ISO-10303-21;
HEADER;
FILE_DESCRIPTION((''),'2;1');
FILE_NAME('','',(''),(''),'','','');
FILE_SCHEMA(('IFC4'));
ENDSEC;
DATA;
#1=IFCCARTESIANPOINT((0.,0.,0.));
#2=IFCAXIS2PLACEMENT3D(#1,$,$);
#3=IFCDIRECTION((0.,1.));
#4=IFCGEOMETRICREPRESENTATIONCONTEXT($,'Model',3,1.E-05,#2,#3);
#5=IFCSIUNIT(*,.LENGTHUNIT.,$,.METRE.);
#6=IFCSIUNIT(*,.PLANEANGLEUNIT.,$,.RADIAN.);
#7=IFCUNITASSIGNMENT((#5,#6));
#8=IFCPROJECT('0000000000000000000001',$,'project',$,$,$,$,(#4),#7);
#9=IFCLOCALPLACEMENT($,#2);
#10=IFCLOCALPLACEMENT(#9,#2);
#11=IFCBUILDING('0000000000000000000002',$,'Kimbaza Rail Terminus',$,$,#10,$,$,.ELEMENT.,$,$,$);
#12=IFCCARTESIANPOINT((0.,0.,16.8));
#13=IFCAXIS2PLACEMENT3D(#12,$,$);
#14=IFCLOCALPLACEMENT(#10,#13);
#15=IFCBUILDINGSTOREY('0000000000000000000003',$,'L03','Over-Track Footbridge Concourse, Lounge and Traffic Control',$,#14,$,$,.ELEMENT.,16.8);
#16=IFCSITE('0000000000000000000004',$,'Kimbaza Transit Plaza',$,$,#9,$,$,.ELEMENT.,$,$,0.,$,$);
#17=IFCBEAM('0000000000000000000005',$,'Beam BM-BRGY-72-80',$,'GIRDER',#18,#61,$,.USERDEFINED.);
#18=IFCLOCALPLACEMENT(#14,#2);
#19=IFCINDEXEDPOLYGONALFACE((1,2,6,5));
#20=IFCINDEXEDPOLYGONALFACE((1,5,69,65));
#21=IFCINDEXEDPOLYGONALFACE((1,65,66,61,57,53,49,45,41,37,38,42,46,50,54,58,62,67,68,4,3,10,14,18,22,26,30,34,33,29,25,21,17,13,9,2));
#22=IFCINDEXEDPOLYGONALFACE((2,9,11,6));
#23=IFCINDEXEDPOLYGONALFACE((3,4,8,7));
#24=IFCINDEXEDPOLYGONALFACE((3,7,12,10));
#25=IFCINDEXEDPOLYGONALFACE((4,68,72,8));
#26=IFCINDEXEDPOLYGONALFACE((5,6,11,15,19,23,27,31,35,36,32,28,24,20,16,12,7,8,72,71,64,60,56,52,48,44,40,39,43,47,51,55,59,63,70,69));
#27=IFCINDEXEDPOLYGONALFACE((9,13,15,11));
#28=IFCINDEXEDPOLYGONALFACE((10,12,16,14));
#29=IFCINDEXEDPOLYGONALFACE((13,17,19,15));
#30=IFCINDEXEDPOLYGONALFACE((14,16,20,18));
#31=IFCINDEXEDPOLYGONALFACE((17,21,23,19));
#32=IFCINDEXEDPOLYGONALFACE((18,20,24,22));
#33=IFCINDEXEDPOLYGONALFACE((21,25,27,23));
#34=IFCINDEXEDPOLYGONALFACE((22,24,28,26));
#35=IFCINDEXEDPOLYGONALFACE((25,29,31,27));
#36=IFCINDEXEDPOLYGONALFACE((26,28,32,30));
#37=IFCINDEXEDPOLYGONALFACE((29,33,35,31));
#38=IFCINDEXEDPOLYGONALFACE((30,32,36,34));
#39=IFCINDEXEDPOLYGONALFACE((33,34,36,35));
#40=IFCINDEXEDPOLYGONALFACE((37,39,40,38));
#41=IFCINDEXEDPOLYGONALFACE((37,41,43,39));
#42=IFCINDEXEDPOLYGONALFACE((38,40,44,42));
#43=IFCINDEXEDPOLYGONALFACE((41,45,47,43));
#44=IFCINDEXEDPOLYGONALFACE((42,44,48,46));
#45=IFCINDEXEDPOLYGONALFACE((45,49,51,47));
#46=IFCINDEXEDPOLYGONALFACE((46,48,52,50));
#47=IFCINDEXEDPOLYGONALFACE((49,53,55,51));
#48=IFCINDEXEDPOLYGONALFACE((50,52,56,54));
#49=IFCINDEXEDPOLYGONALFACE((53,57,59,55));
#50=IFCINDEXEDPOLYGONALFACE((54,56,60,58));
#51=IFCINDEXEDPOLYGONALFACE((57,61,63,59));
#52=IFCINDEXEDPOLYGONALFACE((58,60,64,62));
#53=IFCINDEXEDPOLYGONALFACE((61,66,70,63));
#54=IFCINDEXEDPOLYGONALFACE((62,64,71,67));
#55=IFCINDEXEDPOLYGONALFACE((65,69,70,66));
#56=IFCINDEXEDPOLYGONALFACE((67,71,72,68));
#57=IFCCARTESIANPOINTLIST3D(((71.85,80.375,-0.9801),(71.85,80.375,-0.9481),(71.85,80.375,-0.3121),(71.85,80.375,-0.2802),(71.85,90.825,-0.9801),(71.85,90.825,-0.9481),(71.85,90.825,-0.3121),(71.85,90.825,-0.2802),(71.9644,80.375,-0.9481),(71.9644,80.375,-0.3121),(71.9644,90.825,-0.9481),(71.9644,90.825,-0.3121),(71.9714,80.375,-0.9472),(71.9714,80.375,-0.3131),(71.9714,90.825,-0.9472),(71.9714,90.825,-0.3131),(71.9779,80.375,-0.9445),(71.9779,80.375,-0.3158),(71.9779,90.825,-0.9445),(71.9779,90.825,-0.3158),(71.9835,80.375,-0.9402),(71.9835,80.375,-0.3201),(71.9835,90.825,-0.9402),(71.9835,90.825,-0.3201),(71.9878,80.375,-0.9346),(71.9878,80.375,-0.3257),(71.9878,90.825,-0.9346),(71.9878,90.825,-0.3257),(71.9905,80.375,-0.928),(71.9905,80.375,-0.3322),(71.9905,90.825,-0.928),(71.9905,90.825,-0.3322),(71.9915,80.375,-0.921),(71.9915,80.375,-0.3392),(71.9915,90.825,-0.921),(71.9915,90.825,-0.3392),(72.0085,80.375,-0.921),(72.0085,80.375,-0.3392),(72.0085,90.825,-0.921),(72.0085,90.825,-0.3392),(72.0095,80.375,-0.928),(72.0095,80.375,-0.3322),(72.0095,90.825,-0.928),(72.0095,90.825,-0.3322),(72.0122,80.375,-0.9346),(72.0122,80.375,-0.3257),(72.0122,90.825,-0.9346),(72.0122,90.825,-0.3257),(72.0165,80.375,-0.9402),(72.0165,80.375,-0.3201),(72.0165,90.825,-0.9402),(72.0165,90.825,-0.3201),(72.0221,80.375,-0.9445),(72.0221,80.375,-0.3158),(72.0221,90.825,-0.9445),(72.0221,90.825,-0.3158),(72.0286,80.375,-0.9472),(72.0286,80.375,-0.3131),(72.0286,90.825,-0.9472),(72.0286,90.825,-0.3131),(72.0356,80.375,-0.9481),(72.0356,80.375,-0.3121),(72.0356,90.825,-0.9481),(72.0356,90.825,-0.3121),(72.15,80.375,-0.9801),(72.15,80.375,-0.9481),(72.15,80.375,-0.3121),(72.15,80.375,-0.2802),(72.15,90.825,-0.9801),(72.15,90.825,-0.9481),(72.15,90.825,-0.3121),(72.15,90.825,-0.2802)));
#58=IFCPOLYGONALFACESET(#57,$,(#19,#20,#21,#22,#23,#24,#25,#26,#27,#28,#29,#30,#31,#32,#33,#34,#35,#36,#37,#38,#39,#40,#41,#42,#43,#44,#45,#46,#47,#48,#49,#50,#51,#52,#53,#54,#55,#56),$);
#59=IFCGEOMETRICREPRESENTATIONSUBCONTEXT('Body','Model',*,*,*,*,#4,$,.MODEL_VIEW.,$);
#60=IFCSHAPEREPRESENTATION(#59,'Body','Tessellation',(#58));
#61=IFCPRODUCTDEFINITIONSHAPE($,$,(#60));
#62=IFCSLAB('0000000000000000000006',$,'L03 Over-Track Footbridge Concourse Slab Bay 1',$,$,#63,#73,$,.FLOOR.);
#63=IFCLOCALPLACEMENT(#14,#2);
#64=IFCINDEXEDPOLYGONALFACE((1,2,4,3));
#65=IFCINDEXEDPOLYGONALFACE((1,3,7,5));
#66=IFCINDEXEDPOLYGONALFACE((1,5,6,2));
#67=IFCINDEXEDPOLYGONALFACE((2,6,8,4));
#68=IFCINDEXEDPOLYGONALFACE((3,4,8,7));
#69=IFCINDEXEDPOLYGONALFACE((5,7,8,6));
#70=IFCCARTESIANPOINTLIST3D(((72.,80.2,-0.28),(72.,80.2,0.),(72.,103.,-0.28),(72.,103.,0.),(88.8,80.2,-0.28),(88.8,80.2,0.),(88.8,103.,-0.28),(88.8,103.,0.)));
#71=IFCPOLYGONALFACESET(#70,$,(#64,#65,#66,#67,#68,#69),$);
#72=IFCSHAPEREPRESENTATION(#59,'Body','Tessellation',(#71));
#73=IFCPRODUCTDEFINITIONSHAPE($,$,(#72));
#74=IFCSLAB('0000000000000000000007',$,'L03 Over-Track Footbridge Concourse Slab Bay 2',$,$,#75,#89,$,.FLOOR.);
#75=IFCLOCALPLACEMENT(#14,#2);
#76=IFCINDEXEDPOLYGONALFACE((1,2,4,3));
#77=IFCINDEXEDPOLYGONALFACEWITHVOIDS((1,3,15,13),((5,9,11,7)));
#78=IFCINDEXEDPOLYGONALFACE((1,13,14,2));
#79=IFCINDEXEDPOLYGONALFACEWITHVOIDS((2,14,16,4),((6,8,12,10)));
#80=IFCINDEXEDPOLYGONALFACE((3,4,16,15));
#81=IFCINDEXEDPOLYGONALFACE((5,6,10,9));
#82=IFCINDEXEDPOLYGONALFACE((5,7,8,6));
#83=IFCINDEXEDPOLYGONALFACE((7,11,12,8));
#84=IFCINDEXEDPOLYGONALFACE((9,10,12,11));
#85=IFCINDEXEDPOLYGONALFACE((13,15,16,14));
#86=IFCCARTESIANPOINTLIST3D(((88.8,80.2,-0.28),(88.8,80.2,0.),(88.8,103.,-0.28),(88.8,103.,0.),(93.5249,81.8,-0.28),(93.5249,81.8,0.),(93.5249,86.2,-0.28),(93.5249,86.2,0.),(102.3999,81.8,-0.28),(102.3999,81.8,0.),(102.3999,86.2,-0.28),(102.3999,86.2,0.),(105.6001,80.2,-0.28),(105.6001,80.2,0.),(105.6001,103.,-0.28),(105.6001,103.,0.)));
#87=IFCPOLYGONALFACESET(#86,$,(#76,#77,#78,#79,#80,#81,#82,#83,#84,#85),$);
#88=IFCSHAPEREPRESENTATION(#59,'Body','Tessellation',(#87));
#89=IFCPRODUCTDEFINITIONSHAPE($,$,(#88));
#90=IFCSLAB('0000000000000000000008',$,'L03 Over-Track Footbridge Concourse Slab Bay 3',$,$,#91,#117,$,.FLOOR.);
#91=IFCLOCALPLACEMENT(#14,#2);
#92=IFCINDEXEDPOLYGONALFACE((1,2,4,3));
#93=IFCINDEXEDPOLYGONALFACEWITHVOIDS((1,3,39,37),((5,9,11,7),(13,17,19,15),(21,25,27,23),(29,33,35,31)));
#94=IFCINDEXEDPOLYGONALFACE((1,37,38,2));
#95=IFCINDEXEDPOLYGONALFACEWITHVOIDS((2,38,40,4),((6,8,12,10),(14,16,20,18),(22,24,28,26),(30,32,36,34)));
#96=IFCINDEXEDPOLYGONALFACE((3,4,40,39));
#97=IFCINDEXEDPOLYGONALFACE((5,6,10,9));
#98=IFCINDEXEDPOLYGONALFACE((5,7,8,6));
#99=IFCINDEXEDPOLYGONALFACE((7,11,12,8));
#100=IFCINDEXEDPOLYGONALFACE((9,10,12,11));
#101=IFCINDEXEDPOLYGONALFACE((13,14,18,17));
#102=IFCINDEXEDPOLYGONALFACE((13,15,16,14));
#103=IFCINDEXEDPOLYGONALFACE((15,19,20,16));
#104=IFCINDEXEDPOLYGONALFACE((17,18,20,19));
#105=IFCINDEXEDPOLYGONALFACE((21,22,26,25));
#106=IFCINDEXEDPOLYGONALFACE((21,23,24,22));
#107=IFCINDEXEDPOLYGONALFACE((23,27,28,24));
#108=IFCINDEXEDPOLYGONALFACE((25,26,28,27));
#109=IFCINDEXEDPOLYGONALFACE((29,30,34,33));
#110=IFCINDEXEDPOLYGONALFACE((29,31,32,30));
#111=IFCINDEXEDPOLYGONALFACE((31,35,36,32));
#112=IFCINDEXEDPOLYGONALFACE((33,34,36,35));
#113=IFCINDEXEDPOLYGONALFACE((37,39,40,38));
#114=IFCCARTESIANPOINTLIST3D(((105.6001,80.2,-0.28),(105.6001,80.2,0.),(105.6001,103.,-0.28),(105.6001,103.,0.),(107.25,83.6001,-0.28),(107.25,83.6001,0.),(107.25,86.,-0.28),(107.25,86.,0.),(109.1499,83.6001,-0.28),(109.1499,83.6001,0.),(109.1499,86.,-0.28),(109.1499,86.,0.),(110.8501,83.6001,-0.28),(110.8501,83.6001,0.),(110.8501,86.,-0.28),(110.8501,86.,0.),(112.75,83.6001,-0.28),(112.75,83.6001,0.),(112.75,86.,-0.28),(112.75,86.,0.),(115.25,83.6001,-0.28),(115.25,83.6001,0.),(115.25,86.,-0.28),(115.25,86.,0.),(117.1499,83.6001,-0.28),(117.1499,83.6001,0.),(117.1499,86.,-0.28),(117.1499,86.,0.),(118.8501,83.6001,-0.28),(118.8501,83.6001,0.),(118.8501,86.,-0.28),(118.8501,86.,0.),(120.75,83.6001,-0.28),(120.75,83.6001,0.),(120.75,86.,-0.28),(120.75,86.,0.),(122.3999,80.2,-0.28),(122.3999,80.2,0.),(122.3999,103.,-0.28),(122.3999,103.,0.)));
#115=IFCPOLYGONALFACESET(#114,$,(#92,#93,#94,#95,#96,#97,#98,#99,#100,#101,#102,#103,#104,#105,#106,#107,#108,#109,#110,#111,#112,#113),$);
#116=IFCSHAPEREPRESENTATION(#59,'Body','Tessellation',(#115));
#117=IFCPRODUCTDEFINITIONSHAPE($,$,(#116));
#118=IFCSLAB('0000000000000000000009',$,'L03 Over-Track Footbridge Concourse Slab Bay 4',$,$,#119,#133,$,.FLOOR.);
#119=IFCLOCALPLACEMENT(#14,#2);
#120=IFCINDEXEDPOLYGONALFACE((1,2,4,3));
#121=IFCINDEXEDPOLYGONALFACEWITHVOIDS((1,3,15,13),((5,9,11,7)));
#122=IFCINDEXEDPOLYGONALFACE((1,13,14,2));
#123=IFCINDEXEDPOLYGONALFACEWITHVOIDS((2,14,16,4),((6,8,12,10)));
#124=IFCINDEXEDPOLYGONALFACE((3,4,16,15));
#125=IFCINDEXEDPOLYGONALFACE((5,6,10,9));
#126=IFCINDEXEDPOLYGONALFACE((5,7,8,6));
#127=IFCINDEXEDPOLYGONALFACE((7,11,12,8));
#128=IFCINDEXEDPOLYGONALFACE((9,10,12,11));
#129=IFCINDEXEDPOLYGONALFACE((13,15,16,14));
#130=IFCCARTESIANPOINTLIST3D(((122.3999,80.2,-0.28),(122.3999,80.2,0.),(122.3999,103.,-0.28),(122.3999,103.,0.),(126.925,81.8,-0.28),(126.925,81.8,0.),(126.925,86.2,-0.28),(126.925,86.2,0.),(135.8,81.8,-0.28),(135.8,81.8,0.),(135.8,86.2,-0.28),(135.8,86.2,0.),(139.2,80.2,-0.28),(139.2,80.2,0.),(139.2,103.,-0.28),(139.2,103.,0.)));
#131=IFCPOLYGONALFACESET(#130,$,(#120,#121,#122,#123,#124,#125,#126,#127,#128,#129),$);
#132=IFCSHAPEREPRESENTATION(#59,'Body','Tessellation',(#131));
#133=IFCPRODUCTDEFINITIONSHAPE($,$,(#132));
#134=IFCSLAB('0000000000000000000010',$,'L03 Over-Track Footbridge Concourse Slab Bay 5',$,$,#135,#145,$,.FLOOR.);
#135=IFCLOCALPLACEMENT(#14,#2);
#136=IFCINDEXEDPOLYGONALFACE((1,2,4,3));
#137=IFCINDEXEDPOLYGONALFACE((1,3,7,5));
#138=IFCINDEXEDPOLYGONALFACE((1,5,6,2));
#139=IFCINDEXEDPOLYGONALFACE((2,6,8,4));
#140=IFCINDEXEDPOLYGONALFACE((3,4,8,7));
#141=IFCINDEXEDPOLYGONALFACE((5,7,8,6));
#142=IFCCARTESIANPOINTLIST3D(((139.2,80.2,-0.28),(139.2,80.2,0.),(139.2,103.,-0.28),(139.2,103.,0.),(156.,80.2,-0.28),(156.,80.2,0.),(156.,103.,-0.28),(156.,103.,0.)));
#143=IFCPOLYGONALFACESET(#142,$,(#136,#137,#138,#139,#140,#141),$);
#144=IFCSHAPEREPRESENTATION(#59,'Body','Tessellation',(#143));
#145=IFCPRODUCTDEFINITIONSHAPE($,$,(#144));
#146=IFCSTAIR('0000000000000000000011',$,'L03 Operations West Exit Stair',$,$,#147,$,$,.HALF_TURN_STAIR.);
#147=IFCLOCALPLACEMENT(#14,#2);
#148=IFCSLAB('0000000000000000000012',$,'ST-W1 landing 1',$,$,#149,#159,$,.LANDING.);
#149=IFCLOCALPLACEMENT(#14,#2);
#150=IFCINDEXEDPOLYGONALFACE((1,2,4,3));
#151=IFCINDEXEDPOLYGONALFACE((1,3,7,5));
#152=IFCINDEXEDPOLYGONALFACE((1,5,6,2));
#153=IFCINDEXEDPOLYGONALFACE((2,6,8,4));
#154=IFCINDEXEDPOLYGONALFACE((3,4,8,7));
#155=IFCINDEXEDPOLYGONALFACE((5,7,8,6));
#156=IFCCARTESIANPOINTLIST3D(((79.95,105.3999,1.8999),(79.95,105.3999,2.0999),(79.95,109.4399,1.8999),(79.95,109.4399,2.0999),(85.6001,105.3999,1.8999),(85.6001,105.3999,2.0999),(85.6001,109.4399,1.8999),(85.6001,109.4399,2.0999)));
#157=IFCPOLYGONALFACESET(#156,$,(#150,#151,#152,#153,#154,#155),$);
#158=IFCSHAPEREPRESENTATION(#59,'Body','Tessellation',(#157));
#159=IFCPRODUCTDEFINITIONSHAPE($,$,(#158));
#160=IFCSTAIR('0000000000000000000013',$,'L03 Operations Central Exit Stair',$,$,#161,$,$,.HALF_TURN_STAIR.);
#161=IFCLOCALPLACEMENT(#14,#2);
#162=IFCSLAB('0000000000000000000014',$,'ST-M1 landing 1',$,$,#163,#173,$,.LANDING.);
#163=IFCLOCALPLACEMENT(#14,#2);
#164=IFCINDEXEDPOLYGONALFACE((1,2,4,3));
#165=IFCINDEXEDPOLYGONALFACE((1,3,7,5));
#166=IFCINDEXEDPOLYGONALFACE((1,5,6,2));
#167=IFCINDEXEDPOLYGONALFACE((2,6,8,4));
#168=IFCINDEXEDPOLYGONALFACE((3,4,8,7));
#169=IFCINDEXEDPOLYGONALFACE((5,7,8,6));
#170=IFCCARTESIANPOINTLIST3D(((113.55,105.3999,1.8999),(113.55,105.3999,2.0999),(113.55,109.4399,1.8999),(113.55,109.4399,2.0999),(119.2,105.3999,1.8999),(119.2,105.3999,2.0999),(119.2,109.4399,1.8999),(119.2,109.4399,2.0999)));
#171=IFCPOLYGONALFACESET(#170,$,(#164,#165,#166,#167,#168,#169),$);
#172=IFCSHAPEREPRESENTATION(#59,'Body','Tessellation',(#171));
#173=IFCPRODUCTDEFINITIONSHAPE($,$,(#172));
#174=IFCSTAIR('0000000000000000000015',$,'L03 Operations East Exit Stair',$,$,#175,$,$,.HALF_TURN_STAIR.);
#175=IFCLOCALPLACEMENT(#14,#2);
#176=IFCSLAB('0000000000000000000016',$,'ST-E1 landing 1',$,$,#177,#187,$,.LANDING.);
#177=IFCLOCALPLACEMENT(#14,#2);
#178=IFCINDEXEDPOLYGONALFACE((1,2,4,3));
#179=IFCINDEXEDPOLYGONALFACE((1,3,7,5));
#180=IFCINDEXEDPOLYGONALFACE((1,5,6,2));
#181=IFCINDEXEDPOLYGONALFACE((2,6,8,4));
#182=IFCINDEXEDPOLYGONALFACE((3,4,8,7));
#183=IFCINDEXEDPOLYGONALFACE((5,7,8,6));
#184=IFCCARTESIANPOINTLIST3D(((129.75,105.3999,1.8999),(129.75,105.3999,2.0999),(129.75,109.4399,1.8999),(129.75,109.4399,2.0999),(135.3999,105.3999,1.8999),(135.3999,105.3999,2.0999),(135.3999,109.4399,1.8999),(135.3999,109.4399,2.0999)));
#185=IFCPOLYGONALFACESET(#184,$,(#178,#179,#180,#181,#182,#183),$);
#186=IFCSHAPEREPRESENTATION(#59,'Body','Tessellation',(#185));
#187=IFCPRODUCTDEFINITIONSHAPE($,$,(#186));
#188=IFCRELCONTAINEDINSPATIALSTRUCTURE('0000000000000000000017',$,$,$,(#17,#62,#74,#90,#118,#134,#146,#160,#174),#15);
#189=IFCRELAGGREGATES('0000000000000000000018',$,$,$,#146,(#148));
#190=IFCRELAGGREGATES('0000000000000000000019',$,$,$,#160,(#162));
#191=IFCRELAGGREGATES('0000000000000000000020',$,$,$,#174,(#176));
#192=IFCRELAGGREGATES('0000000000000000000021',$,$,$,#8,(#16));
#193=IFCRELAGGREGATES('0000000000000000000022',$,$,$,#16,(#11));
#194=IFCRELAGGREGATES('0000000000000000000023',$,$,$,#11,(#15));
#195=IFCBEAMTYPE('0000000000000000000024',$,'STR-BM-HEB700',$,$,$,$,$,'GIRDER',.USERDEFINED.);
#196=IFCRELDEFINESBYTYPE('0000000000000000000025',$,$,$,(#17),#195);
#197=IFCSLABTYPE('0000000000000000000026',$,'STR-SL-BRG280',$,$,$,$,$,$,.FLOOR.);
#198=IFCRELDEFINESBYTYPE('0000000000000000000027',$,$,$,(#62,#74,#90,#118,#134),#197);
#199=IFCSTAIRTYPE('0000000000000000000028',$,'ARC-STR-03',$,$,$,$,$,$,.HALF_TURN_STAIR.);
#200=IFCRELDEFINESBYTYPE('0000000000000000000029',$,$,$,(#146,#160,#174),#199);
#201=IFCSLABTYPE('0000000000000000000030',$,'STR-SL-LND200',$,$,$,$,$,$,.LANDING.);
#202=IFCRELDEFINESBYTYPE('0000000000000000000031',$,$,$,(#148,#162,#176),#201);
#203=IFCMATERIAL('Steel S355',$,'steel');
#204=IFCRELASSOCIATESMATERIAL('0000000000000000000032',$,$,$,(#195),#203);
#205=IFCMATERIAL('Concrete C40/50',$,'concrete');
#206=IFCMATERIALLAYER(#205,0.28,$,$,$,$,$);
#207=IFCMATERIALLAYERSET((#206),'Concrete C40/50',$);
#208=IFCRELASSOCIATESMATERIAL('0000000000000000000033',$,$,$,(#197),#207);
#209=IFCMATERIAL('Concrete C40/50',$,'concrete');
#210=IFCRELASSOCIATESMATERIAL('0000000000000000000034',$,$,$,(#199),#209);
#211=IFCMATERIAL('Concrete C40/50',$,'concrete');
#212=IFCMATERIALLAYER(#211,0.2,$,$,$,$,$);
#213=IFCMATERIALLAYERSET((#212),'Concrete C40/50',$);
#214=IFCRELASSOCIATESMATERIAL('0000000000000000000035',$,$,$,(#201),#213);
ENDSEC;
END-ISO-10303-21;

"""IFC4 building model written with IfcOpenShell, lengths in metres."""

from ifc_helpers import new_model, si_unit, direction, frame, origin, origin_2d, place, context, subcontext, project, spatial, polyline, i_section, outline, extrude, material, layer, layer_set, material_profile, profile_set, type_object, element, aggregate, save


model = new_model("IFC4")

# Units and contexts
model_context = context("Model", 3, precision=1e-05, world=origin(), true_north=direction((0.0, 1.0)))
body_context = subcontext(model_context, "Body", "Model", "MODEL_VIEW")
ifc_project = project(units=[si_unit("LENGTHUNIT", "METRE"), si_unit("PLANEANGLEUNIT", "RADIAN")], contexts=[model_context])

# Site, building, storey
site_placement = place(None, origin())
site = spatial("IfcSite", under=ifc_project, at=site_placement, Name="Kimbaza Transit Plaza", CompositionType="ELEMENT", RefElevation=0.0)
building_placement = place(site_placement, origin())
building = spatial("IfcBuilding", under=site, at=building_placement, Name="Kimbaza Rail Terminus", CompositionType="ELEMENT")
storey_placement = place(building_placement, frame((0.0, 0.0, 16.8)))
storey = spatial("IfcBuildingStorey", under=building, at=storey_placement, Name="L03", Description="Over-Track Footbridge Concourse, Lounge and Traffic Control", CompositionType="ELEMENT", Elevation=16.8)

# Beam
ifc_material_1 = material(Name="Steel S355", Category="steel")
ifc_material_profile_1 = material_profile(ifc_material_1, i_section(OverallWidth=0.3, OverallDepth=0.7, WebThickness=0.0171, FlangeThickness=0.032, FilletRadius=0.0271, at=origin_2d()), Name="HEB 700")
ifc_profile_set_1 = profile_set([ifc_material_profile_1], Name="Steel S355")
beam_type_1 = type_object("IfcBeamType", Name="STR-BM-HEB700", ElementType="GIRDER", PredefinedType="USERDEFINED", material=ifc_profile_set_1)
beam_1_placement = place(storey_placement, frame((72.0, 80.375, -0.6301), z_axis=(0.0, 1.0, 0.0), x_axis=(-1.0, 0.0, 0.0)))
element("IfcBeam", 1, at=beam_1_placement, inside=storey, type_object=beam_type_1, Name="Beam BM-BRGY-72-80", ObjectType="GIRDER", PredefinedType="USERDEFINED", context=body_context, shape_type="SweptSolid", body=[
    extrude(i_section(OverallWidth=0.3, OverallDepth=0.7, WebThickness=0.0171, FlangeThickness=0.032, FilletRadius=0.0271, at=origin_2d()), origin(), (0.0, 0.0, 1.0), 10.45),
])

# Slabs
ifc_material_2 = material(Name="Concrete C40/50", Category="concrete")
ifc_layer_1 = layer(ifc_material_2, 0.28)
ifc_layer_set_1 = layer_set([ifc_layer_1], Name="Concrete C40/50")
slab_type_1 = type_object("IfcSlabType", Name="STR-SL-BRG280", PredefinedType="FLOOR", material=ifc_layer_set_1)
slab_1_placement = place(storey_placement, frame((0.0, 0.0, -0.28)))
element("IfcSlab", 2, at=slab_1_placement, inside=storey, type_object=slab_type_1, Name="L03 Over-Track Footbridge Concourse Slab Bay 1", PredefinedType="FLOOR", context=body_context, shape_type="SweptSolid", body=[
    extrude(outline(polyline([(72.0, 80.2), (88.8, 80.2), (88.8, 103.0), (72.0, 103.0), (72.0, 80.2)])), origin(), (0.0, 0.0, 1.0), 0.28),
])
slab_2_placement = place(storey_placement, frame((0.0, 0.0, -0.28)))
element("IfcSlab", 3, at=slab_2_placement, inside=storey, type_object=slab_type_1, Name="L03 Over-Track Footbridge Concourse Slab Bay 2", PredefinedType="FLOOR", context=body_context, shape_type="SweptSolid", body=[
    extrude(outline(polyline([(88.8, 80.2), (105.6001, 80.2), (105.6001, 103.0), (88.8, 103.0), (88.8, 80.2)]), holes=[polyline([(93.5249, 81.8), (102.3999, 81.8), (102.3999, 86.2), (93.5249, 86.2), (93.5249, 81.8)])]), origin(), (0.0, 0.0, 1.0), 0.28),
])
slab_3_placement = place(storey_placement, frame((0.0, 0.0, -0.28)))
element("IfcSlab", 4, at=slab_3_placement, inside=storey, type_object=slab_type_1, Name="L03 Over-Track Footbridge Concourse Slab Bay 3", PredefinedType="FLOOR", context=body_context, shape_type="SweptSolid", body=[
    extrude(outline(polyline([(105.6001, 80.2), (122.3999, 80.2), (122.3999, 103.0), (105.6001, 103.0), (105.6001, 80.2)]), holes=[polyline([(107.25, 83.6001), (109.1499, 83.6001), (109.1499, 86.0), (107.25, 86.0), (107.25, 83.6001)]), polyline([(110.8501, 83.6001), (112.75, 83.6001), (112.75, 86.0), (110.8501, 86.0), (110.8501, 83.6001)]), polyline([(115.25, 83.6001), (117.1499, 83.6001), (117.1499, 86.0), (115.25, 86.0), (115.25, 83.6001)]), polyline([(118.8501, 83.6001), (120.75, 83.6001), (120.75, 86.0), (118.8501, 86.0), (118.8501, 83.6001)])]), origin(), (0.0, 0.0, 1.0), 0.28),
])
slab_4_placement = place(storey_placement, frame((0.0, 0.0, -0.28)))
element("IfcSlab", 5, at=slab_4_placement, inside=storey, type_object=slab_type_1, Name="L03 Over-Track Footbridge Concourse Slab Bay 4", PredefinedType="FLOOR", context=body_context, shape_type="SweptSolid", body=[
    extrude(outline(polyline([(122.3999, 80.2), (139.2, 80.2), (139.2, 103.0), (122.3999, 103.0), (122.3999, 80.2)]), holes=[polyline([(126.925, 81.8), (135.8, 81.8), (135.8, 86.2), (126.925, 86.2), (126.925, 81.8)])]), origin(), (0.0, 0.0, 1.0), 0.28),
])
slab_5_placement = place(storey_placement, frame((0.0, 0.0, -0.28)))
element("IfcSlab", 6, at=slab_5_placement, inside=storey, type_object=slab_type_1, Name="L03 Over-Track Footbridge Concourse Slab Bay 5", PredefinedType="FLOOR", context=body_context, shape_type="SweptSolid", body=[
    extrude(outline(polyline([(139.2, 80.2), (156.0, 80.2), (156.0, 103.0), (139.2, 103.0), (139.2, 80.2)])), origin(), (0.0, 0.0, 1.0), 0.28),
])

# Stairs, slabs
ifc_material_3 = material(Name="Concrete C40/50", Category="concrete")
stair_type = type_object("IfcStairType", Name="ARC-STR-03", PredefinedType="HALF_TURN_STAIR", material=ifc_material_3)
stair_1_placement = place(storey_placement, origin())
stair_1 = element("IfcStair", 7, at=stair_1_placement, inside=storey, type_object=stair_type, Name="L03 Operations West Exit Stair", PredefinedType="HALF_TURN_STAIR")
ifc_material_4 = material(Name="Concrete C40/50", Category="concrete")
ifc_layer_2 = layer(ifc_material_4, 0.2)
ifc_layer_set_2 = layer_set([ifc_layer_2], Name="Concrete C40/50")
slab_type_2 = type_object("IfcSlabType", Name="STR-SL-LND200", PredefinedType="LANDING", material=ifc_layer_set_2)
slab_6_placement = place(storey_placement, frame((0.0, 0.0, 1.8999)))
slab_6 = element("IfcSlab", 8, at=slab_6_placement, type_object=slab_type_2, Name="ST-W1 landing 1", PredefinedType="LANDING", context=body_context, shape_type="SweptSolid", body=[
    extrude(outline(polyline([(79.95, 105.3999), (85.6001, 105.3999), (85.6001, 109.4399), (79.95, 109.4399), (79.95, 105.3999)])), origin(), (0.0, 0.0, 1.0), 0.2),
])
aggregate(stair_1, [slab_6])
stair_2_placement = place(storey_placement, origin())
stair_2 = element("IfcStair", 9, at=stair_2_placement, inside=storey, type_object=stair_type, Name="L03 Operations Central Exit Stair", PredefinedType="HALF_TURN_STAIR")
slab_7_placement = place(storey_placement, frame((0.0, 0.0, 1.8999)))
slab_7 = element("IfcSlab", 10, at=slab_7_placement, type_object=slab_type_2, Name="ST-M1 landing 1", PredefinedType="LANDING", context=body_context, shape_type="SweptSolid", body=[
    extrude(outline(polyline([(113.55, 105.3999), (119.2, 105.3999), (119.2, 109.4399), (113.55, 109.4399), (113.55, 105.3999)])), origin(), (0.0, 0.0, 1.0), 0.2),
])
aggregate(stair_2, [slab_7])
stair_3_placement = place(storey_placement, origin())
stair_3 = element("IfcStair", 11, at=stair_3_placement, inside=storey, type_object=stair_type, Name="L03 Operations East Exit Stair", PredefinedType="HALF_TURN_STAIR")
slab_8_placement = place(storey_placement, frame((0.0, 0.0, 1.8999)))
slab_8 = element("IfcSlab", 12, at=slab_8_placement, type_object=slab_type_2, Name="ST-E1 landing 1", PredefinedType="LANDING", context=body_context, shape_type="SweptSolid", body=[
    extrude(outline(polyline([(129.75, 105.3999), (135.3999, 105.3999), (135.3999, 109.4399), (129.75, 109.4399), (129.75, 105.3999)])), origin(), (0.0, 0.0, 1.0), 0.2),
])
aggregate(stair_3, [slab_8])

save(model, "model.ifc")
